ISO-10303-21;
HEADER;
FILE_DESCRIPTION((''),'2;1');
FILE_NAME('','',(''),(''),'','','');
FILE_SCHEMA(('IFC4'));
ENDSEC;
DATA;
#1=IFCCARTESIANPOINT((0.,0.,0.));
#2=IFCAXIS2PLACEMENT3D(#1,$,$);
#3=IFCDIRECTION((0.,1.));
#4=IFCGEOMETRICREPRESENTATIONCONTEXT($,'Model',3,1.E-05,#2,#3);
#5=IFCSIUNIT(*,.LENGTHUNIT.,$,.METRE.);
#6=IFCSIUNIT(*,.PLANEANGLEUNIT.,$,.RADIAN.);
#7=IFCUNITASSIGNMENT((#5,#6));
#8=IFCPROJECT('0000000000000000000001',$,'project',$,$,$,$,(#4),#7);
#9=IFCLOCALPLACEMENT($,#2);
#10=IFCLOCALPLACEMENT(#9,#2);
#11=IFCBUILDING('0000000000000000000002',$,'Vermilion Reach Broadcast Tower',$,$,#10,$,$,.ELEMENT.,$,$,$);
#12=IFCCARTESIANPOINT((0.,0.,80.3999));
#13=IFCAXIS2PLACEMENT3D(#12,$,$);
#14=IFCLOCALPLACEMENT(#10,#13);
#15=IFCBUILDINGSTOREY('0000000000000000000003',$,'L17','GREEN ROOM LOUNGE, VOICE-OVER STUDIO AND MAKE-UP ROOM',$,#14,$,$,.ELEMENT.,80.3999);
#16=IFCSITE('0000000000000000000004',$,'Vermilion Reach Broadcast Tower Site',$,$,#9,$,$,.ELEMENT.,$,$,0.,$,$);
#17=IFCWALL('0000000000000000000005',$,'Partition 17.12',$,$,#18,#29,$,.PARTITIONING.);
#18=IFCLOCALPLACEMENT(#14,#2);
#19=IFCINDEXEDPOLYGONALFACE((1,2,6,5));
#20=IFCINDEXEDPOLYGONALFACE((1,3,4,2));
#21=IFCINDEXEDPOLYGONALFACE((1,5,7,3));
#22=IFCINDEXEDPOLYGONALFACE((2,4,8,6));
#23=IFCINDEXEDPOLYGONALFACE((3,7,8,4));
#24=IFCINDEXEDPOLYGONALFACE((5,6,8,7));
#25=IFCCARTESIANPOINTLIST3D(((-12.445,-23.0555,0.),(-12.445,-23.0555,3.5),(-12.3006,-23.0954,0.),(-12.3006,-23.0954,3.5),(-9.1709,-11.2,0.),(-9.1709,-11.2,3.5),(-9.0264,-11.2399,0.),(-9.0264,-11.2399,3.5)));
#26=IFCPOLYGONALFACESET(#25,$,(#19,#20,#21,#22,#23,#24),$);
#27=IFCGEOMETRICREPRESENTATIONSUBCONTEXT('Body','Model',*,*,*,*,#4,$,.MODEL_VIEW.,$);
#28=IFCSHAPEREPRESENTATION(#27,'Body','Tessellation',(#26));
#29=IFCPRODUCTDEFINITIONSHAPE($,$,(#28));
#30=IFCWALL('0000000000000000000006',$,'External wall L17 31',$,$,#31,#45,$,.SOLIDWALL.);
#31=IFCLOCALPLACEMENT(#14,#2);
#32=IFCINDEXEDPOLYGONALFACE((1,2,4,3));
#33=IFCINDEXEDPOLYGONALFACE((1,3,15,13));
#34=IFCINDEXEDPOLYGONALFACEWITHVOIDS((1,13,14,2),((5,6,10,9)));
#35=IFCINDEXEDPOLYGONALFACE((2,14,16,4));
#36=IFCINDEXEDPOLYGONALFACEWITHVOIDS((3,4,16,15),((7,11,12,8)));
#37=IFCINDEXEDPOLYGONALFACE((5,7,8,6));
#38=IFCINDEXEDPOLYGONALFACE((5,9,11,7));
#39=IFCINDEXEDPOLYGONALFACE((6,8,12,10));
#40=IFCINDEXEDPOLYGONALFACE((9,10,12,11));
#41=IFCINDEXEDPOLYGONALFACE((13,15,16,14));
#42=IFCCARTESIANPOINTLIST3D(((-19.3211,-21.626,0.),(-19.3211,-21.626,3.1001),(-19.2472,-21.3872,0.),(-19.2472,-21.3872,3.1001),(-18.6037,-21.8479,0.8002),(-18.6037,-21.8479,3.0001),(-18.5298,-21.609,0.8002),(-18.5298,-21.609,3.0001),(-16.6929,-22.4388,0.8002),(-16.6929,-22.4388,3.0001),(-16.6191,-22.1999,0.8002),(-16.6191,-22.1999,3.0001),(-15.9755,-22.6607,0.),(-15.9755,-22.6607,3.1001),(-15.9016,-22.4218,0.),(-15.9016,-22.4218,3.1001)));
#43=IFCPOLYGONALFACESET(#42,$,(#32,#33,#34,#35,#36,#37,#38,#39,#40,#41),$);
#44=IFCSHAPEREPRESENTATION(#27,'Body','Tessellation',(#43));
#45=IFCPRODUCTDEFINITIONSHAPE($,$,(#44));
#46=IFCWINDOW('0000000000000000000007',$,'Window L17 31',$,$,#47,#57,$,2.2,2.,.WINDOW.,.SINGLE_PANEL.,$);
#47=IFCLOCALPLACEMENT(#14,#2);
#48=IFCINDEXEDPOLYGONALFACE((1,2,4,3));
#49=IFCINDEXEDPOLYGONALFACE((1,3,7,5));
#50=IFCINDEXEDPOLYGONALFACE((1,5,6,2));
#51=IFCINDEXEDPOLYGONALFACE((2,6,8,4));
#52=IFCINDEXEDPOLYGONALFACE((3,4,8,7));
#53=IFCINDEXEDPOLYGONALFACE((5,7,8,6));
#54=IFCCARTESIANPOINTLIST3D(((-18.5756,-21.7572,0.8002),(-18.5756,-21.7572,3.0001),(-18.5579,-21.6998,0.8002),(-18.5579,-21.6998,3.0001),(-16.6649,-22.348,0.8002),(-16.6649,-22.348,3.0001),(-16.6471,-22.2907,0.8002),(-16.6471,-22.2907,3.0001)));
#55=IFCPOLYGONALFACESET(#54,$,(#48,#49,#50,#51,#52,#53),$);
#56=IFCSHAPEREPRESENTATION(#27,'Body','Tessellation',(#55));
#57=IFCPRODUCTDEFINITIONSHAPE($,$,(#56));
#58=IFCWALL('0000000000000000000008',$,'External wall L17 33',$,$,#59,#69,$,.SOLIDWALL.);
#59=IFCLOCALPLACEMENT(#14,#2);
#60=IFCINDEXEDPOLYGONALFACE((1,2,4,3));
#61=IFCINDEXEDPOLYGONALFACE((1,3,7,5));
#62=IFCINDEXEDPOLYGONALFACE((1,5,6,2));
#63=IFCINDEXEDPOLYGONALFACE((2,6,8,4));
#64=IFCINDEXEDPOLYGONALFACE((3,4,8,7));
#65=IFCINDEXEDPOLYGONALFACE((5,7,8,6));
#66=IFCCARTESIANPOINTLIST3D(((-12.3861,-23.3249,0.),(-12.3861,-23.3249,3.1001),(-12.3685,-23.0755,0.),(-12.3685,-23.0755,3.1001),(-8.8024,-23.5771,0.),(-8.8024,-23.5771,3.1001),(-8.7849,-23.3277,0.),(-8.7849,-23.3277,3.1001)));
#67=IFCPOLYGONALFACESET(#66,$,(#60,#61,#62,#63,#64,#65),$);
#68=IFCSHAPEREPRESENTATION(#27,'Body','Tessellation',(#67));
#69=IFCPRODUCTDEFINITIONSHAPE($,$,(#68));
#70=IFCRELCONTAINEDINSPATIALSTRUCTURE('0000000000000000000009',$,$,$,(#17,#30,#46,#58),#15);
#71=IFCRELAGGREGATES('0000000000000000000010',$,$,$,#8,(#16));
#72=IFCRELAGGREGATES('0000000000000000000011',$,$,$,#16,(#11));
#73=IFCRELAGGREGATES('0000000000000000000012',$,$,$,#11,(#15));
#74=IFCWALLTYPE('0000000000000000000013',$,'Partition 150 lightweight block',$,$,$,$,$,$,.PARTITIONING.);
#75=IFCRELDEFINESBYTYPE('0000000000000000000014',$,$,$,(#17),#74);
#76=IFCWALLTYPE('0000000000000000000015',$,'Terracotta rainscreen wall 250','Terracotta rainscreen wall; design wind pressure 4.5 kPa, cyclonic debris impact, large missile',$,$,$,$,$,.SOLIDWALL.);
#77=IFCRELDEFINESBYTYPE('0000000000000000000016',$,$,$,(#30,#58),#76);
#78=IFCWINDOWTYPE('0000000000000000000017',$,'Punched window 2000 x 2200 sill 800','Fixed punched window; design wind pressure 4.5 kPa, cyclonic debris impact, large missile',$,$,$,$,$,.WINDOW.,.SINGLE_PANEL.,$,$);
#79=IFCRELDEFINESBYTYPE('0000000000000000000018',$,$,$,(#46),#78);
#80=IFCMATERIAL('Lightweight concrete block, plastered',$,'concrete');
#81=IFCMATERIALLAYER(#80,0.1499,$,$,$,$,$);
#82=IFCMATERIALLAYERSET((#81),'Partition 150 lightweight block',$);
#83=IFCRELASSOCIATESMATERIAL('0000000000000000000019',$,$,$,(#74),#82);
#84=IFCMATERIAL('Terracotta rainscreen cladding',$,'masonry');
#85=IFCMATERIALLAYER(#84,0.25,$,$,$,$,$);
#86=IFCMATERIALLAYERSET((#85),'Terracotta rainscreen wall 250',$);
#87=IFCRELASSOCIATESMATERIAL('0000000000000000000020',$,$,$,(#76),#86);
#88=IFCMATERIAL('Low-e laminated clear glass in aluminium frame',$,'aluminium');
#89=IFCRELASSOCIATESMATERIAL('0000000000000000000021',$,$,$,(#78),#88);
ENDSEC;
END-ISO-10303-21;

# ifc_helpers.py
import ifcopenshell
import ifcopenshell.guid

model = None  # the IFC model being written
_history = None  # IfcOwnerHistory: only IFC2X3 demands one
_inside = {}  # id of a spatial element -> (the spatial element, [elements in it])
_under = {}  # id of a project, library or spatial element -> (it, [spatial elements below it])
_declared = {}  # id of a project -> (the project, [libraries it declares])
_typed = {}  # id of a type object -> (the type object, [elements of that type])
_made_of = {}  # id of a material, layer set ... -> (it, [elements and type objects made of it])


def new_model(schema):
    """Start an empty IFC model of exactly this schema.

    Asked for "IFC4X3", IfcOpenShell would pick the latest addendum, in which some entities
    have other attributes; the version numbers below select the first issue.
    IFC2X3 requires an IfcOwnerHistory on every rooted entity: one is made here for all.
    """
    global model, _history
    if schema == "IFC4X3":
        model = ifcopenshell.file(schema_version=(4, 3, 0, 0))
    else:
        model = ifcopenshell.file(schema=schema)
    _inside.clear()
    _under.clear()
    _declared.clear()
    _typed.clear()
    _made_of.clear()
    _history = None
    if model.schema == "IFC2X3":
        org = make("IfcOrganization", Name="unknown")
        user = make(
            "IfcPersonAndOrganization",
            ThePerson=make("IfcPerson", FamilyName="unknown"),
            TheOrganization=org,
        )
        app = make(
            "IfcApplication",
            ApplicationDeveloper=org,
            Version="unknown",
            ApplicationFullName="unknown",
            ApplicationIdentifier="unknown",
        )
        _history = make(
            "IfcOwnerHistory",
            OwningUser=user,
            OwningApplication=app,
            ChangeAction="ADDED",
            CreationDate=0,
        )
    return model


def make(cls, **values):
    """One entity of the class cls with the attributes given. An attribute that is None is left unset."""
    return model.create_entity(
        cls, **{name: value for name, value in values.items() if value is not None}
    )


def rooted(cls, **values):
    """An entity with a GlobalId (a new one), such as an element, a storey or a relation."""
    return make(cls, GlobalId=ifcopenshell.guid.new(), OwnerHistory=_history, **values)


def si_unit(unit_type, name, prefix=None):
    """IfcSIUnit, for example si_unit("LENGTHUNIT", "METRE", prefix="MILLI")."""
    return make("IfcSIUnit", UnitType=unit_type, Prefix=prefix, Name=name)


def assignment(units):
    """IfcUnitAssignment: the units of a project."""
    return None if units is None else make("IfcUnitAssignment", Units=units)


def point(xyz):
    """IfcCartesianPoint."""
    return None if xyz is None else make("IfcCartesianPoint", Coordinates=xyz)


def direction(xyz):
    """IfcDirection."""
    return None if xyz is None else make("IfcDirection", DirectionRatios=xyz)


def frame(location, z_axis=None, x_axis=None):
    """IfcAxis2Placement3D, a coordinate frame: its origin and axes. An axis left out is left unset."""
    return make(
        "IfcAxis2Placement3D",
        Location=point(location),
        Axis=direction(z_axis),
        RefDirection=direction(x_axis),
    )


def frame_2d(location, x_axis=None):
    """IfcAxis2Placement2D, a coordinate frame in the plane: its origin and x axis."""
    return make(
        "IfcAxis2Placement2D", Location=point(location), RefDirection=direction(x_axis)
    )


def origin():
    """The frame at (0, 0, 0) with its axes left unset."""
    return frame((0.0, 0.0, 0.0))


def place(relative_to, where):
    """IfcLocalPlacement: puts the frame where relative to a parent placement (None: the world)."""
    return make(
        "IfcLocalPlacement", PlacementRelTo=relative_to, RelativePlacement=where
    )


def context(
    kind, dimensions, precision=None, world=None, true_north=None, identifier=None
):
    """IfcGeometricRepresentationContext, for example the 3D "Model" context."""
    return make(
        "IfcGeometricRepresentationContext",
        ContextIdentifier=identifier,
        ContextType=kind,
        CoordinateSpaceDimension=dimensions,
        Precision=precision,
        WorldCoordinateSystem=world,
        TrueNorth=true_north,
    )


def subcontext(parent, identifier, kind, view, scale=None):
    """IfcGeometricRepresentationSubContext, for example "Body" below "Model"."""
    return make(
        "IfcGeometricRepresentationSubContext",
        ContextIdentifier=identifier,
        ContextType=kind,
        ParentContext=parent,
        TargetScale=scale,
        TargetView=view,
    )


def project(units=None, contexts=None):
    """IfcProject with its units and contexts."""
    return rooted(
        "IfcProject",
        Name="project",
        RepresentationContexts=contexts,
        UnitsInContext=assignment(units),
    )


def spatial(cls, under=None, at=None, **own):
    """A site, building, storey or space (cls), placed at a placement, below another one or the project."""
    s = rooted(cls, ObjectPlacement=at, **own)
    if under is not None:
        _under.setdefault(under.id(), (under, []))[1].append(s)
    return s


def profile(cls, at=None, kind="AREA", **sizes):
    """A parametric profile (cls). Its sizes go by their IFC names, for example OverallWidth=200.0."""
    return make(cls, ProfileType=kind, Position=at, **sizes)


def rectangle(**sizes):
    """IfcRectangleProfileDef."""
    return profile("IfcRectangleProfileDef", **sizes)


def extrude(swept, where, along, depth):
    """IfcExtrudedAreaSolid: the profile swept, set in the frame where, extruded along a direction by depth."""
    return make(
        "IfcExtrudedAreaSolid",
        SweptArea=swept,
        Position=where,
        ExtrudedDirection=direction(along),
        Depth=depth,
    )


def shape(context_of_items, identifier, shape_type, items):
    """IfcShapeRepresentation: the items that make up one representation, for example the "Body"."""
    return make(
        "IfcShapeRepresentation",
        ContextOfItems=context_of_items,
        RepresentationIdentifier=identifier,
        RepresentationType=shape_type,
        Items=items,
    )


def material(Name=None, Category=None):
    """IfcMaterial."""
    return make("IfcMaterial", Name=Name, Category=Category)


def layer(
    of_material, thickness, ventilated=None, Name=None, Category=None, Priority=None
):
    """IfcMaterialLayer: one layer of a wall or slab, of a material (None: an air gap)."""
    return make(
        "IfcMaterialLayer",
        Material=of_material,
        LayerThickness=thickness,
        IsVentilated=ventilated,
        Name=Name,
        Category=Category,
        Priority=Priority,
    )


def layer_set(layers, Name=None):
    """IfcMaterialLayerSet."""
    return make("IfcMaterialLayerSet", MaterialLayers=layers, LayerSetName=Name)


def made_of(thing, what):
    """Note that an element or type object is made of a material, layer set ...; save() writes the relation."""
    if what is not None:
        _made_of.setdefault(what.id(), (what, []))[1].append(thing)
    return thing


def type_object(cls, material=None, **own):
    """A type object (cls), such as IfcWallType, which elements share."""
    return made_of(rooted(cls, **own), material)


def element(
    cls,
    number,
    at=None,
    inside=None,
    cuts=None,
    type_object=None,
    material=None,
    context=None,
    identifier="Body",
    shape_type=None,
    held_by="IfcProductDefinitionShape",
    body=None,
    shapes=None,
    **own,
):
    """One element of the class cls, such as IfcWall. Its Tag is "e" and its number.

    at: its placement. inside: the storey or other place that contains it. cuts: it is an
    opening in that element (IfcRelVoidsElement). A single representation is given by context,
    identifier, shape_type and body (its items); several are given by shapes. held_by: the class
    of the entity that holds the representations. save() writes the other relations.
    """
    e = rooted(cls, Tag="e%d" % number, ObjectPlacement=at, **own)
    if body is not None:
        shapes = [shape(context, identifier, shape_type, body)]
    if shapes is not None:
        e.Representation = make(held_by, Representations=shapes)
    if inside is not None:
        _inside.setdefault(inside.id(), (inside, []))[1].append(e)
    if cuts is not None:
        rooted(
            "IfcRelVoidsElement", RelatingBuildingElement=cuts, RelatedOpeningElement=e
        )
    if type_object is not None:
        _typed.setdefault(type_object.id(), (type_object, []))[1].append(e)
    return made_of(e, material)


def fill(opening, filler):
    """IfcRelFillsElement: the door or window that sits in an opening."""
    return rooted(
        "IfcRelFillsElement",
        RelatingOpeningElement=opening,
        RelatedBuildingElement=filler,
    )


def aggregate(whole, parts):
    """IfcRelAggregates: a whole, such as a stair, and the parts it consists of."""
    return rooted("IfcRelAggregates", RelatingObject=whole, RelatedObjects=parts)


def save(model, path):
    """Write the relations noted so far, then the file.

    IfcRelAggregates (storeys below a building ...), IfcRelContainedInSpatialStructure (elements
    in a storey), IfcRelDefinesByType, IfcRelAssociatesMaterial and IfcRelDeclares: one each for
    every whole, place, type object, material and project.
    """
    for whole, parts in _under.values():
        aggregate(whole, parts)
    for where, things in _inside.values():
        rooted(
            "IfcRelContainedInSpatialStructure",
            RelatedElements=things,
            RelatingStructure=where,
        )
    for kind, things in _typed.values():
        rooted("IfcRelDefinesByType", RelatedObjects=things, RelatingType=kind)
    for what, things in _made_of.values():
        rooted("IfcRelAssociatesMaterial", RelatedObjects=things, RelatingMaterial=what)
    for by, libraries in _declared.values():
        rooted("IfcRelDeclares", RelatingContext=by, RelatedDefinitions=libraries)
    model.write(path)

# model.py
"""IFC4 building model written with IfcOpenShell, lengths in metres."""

from ifc_helpers import new_model, si_unit, direction, frame, frame_2d, origin, place, context, subcontext, project, spatial, rectangle, extrude, material, layer, layer_set, type_object, element, fill, save


model = new_model("IFC4")

# Units and contexts
model_context = context("Model", 3, precision=1e-05, world=origin(), true_north=direction((0.0, 1.0)))
body_context = subcontext(model_context, "Body", "Model", "MODEL_VIEW")
ifc_project = project(units=[si_unit("LENGTHUNIT", "METRE"), si_unit("PLANEANGLEUNIT", "RADIAN")], contexts=[model_context])

# Site, building, storey
site_placement = place(None, origin())
site = spatial("IfcSite", under=ifc_project, at=site_placement, Name="Vermilion Reach Broadcast Tower Site", CompositionType="ELEMENT", RefElevation=0.0)
building_placement = place(site_placement, origin())
building = spatial("IfcBuilding", under=site, at=building_placement, Name="Vermilion Reach Broadcast Tower", CompositionType="ELEMENT")
storey_placement = place(building_placement, frame((0.0, 0.0, 80.3999)))
storey = spatial("IfcBuildingStorey", under=building, at=storey_placement, Name="L17", Description="GREEN ROOM LOUNGE, VOICE-OVER STUDIO AND MAKE-UP ROOM", CompositionType="ELEMENT", Elevation=80.3999)

# Wall
ifc_material_1 = material(Name="Lightweight concrete block, plastered", Category="concrete")
ifc_layer_1 = layer(ifc_material_1, 0.1499)
ifc_layer_set_1 = layer_set([ifc_layer_1], Name="Partition 150 lightweight block")
wall_type_1 = type_object("IfcWallType", Name="Partition 150 lightweight block", PredefinedType="PARTITIONING", material=ifc_layer_set_1)
wall_1_placement = place(storey_placement, frame((-12.3728, -23.0754, 0.0), z_axis=(0.0, 0.0, 1.0), x_axis=(0.266208, 0.963916, 0.0)))
element("IfcWall", 1, at=wall_1_placement, inside=storey, type_object=wall_type_1, Name="Partition 17.12", PredefinedType="PARTITIONING", context=body_context, shape_type="SweptSolid", body=[
    extrude(rectangle(XDim=12.2993, YDim=0.1499, at=frame_2d((6.1497, 0.0))), origin(), (0.0, 0.0, 1.0), 3.5),
])

# Wall, opening, window
ifc_material_2 = material(Name="Terracotta rainscreen cladding", Category="masonry")
ifc_layer_2 = layer(ifc_material_2, 0.25)
ifc_layer_set_2 = layer_set([ifc_layer_2], Name="Terracotta rainscreen wall 250")
wall_type_2 = type_object("IfcWallType", Name="Terracotta rainscreen wall 250", Description="Terracotta rainscreen wall; design wind pressure 4.5 kPa, cyclonic debris impact, large missile", PredefinedType="SOLIDWALL", material=ifc_layer_set_2)
wall_2_placement = place(storey_placement, frame((-19.2842, -21.5066, 0.0), z_axis=(0.0, 0.0, 1.0), x_axis=(0.955359, -0.295447, 0.0)))
wall_2 = element("IfcWall", 2, at=wall_2_placement, inside=storey, type_object=wall_type_2, Name="External wall L17 31", PredefinedType="SOLIDWALL", context=body_context, shape_type="SweptSolid", body=[
    extrude(rectangle(XDim=3.502, YDim=0.25, at=frame_2d((1.751, 0.0))), origin(), (0.0, 0.0, 1.0), 3.1001),
])
opening_1_placement = place(wall_2_placement, frame((0.751, 0.0, 0.8)))
opening_1 = element("IfcOpeningElement", 3, at=opening_1_placement, cuts=wall_2, PredefinedType="OPENING", context=body_context, shape_type="SweptSolid", body=[
    extrude(rectangle(XDim=2.0, YDim=2.2, at=frame_2d((1.0, 1.1001))), frame((0.0, 0.135, 0.0), z_axis=(0.0, -1.0, 0.0), x_axis=(1.0, 0.0, 0.0)), (0.0, 0.0, 1.0), 0.27),
])
ifc_material_3 = material(Name="Low-e laminated clear glass in aluminium frame", Category="aluminium")
window_type = type_object("IfcWindowType", Name="Punched window 2000 x 2200 sill 800", Description="Fixed punched window; design wind pressure 4.5 kPa, cyclonic debris impact, large missile", PartitioningType="SINGLE_PANEL", PredefinedType="WINDOW", material=ifc_material_3)
window_placement = place(opening_1_placement, origin())
window = element("IfcWindow", 4, at=window_placement, inside=storey, type_object=window_type, Name="Window L17 31", OverallHeight=2.2, OverallWidth=2.0, PartitioningType="SINGLE_PANEL", PredefinedType="WINDOW", context=body_context, shape_type="SweptSolid", body=[
    extrude(rectangle(XDim=2.0, YDim=2.2, at=frame_2d((1.0, 1.1001))), frame((0.0, 0.03, 0.0), z_axis=(0.0, -1.0, 0.0), x_axis=(1.0, 0.0, 0.0)), (0.0, 0.0, 1.0), 0.0601),
])
fill(opening_1, window)

# Wall
wall_3_placement = place(storey_placement, frame((-12.3774, -23.2002, 0.0), z_axis=(0.0, 0.0, 1.0), x_axis=(0.997533, -0.070199, 0.0)))
element("IfcWall", 5, at=wall_3_placement, inside=storey, type_object=wall_type_2, Name="External wall L17 33", PredefinedType="SOLIDWALL", context=body_context, shape_type="SweptSolid", body=[
    extrude(rectangle(XDim=3.5925, YDim=0.25, at=frame_2d((1.7964, 0.0))), origin(), (0.0, 0.0, 1.0), 3.1001),
])

save(model, "model.ifc")
